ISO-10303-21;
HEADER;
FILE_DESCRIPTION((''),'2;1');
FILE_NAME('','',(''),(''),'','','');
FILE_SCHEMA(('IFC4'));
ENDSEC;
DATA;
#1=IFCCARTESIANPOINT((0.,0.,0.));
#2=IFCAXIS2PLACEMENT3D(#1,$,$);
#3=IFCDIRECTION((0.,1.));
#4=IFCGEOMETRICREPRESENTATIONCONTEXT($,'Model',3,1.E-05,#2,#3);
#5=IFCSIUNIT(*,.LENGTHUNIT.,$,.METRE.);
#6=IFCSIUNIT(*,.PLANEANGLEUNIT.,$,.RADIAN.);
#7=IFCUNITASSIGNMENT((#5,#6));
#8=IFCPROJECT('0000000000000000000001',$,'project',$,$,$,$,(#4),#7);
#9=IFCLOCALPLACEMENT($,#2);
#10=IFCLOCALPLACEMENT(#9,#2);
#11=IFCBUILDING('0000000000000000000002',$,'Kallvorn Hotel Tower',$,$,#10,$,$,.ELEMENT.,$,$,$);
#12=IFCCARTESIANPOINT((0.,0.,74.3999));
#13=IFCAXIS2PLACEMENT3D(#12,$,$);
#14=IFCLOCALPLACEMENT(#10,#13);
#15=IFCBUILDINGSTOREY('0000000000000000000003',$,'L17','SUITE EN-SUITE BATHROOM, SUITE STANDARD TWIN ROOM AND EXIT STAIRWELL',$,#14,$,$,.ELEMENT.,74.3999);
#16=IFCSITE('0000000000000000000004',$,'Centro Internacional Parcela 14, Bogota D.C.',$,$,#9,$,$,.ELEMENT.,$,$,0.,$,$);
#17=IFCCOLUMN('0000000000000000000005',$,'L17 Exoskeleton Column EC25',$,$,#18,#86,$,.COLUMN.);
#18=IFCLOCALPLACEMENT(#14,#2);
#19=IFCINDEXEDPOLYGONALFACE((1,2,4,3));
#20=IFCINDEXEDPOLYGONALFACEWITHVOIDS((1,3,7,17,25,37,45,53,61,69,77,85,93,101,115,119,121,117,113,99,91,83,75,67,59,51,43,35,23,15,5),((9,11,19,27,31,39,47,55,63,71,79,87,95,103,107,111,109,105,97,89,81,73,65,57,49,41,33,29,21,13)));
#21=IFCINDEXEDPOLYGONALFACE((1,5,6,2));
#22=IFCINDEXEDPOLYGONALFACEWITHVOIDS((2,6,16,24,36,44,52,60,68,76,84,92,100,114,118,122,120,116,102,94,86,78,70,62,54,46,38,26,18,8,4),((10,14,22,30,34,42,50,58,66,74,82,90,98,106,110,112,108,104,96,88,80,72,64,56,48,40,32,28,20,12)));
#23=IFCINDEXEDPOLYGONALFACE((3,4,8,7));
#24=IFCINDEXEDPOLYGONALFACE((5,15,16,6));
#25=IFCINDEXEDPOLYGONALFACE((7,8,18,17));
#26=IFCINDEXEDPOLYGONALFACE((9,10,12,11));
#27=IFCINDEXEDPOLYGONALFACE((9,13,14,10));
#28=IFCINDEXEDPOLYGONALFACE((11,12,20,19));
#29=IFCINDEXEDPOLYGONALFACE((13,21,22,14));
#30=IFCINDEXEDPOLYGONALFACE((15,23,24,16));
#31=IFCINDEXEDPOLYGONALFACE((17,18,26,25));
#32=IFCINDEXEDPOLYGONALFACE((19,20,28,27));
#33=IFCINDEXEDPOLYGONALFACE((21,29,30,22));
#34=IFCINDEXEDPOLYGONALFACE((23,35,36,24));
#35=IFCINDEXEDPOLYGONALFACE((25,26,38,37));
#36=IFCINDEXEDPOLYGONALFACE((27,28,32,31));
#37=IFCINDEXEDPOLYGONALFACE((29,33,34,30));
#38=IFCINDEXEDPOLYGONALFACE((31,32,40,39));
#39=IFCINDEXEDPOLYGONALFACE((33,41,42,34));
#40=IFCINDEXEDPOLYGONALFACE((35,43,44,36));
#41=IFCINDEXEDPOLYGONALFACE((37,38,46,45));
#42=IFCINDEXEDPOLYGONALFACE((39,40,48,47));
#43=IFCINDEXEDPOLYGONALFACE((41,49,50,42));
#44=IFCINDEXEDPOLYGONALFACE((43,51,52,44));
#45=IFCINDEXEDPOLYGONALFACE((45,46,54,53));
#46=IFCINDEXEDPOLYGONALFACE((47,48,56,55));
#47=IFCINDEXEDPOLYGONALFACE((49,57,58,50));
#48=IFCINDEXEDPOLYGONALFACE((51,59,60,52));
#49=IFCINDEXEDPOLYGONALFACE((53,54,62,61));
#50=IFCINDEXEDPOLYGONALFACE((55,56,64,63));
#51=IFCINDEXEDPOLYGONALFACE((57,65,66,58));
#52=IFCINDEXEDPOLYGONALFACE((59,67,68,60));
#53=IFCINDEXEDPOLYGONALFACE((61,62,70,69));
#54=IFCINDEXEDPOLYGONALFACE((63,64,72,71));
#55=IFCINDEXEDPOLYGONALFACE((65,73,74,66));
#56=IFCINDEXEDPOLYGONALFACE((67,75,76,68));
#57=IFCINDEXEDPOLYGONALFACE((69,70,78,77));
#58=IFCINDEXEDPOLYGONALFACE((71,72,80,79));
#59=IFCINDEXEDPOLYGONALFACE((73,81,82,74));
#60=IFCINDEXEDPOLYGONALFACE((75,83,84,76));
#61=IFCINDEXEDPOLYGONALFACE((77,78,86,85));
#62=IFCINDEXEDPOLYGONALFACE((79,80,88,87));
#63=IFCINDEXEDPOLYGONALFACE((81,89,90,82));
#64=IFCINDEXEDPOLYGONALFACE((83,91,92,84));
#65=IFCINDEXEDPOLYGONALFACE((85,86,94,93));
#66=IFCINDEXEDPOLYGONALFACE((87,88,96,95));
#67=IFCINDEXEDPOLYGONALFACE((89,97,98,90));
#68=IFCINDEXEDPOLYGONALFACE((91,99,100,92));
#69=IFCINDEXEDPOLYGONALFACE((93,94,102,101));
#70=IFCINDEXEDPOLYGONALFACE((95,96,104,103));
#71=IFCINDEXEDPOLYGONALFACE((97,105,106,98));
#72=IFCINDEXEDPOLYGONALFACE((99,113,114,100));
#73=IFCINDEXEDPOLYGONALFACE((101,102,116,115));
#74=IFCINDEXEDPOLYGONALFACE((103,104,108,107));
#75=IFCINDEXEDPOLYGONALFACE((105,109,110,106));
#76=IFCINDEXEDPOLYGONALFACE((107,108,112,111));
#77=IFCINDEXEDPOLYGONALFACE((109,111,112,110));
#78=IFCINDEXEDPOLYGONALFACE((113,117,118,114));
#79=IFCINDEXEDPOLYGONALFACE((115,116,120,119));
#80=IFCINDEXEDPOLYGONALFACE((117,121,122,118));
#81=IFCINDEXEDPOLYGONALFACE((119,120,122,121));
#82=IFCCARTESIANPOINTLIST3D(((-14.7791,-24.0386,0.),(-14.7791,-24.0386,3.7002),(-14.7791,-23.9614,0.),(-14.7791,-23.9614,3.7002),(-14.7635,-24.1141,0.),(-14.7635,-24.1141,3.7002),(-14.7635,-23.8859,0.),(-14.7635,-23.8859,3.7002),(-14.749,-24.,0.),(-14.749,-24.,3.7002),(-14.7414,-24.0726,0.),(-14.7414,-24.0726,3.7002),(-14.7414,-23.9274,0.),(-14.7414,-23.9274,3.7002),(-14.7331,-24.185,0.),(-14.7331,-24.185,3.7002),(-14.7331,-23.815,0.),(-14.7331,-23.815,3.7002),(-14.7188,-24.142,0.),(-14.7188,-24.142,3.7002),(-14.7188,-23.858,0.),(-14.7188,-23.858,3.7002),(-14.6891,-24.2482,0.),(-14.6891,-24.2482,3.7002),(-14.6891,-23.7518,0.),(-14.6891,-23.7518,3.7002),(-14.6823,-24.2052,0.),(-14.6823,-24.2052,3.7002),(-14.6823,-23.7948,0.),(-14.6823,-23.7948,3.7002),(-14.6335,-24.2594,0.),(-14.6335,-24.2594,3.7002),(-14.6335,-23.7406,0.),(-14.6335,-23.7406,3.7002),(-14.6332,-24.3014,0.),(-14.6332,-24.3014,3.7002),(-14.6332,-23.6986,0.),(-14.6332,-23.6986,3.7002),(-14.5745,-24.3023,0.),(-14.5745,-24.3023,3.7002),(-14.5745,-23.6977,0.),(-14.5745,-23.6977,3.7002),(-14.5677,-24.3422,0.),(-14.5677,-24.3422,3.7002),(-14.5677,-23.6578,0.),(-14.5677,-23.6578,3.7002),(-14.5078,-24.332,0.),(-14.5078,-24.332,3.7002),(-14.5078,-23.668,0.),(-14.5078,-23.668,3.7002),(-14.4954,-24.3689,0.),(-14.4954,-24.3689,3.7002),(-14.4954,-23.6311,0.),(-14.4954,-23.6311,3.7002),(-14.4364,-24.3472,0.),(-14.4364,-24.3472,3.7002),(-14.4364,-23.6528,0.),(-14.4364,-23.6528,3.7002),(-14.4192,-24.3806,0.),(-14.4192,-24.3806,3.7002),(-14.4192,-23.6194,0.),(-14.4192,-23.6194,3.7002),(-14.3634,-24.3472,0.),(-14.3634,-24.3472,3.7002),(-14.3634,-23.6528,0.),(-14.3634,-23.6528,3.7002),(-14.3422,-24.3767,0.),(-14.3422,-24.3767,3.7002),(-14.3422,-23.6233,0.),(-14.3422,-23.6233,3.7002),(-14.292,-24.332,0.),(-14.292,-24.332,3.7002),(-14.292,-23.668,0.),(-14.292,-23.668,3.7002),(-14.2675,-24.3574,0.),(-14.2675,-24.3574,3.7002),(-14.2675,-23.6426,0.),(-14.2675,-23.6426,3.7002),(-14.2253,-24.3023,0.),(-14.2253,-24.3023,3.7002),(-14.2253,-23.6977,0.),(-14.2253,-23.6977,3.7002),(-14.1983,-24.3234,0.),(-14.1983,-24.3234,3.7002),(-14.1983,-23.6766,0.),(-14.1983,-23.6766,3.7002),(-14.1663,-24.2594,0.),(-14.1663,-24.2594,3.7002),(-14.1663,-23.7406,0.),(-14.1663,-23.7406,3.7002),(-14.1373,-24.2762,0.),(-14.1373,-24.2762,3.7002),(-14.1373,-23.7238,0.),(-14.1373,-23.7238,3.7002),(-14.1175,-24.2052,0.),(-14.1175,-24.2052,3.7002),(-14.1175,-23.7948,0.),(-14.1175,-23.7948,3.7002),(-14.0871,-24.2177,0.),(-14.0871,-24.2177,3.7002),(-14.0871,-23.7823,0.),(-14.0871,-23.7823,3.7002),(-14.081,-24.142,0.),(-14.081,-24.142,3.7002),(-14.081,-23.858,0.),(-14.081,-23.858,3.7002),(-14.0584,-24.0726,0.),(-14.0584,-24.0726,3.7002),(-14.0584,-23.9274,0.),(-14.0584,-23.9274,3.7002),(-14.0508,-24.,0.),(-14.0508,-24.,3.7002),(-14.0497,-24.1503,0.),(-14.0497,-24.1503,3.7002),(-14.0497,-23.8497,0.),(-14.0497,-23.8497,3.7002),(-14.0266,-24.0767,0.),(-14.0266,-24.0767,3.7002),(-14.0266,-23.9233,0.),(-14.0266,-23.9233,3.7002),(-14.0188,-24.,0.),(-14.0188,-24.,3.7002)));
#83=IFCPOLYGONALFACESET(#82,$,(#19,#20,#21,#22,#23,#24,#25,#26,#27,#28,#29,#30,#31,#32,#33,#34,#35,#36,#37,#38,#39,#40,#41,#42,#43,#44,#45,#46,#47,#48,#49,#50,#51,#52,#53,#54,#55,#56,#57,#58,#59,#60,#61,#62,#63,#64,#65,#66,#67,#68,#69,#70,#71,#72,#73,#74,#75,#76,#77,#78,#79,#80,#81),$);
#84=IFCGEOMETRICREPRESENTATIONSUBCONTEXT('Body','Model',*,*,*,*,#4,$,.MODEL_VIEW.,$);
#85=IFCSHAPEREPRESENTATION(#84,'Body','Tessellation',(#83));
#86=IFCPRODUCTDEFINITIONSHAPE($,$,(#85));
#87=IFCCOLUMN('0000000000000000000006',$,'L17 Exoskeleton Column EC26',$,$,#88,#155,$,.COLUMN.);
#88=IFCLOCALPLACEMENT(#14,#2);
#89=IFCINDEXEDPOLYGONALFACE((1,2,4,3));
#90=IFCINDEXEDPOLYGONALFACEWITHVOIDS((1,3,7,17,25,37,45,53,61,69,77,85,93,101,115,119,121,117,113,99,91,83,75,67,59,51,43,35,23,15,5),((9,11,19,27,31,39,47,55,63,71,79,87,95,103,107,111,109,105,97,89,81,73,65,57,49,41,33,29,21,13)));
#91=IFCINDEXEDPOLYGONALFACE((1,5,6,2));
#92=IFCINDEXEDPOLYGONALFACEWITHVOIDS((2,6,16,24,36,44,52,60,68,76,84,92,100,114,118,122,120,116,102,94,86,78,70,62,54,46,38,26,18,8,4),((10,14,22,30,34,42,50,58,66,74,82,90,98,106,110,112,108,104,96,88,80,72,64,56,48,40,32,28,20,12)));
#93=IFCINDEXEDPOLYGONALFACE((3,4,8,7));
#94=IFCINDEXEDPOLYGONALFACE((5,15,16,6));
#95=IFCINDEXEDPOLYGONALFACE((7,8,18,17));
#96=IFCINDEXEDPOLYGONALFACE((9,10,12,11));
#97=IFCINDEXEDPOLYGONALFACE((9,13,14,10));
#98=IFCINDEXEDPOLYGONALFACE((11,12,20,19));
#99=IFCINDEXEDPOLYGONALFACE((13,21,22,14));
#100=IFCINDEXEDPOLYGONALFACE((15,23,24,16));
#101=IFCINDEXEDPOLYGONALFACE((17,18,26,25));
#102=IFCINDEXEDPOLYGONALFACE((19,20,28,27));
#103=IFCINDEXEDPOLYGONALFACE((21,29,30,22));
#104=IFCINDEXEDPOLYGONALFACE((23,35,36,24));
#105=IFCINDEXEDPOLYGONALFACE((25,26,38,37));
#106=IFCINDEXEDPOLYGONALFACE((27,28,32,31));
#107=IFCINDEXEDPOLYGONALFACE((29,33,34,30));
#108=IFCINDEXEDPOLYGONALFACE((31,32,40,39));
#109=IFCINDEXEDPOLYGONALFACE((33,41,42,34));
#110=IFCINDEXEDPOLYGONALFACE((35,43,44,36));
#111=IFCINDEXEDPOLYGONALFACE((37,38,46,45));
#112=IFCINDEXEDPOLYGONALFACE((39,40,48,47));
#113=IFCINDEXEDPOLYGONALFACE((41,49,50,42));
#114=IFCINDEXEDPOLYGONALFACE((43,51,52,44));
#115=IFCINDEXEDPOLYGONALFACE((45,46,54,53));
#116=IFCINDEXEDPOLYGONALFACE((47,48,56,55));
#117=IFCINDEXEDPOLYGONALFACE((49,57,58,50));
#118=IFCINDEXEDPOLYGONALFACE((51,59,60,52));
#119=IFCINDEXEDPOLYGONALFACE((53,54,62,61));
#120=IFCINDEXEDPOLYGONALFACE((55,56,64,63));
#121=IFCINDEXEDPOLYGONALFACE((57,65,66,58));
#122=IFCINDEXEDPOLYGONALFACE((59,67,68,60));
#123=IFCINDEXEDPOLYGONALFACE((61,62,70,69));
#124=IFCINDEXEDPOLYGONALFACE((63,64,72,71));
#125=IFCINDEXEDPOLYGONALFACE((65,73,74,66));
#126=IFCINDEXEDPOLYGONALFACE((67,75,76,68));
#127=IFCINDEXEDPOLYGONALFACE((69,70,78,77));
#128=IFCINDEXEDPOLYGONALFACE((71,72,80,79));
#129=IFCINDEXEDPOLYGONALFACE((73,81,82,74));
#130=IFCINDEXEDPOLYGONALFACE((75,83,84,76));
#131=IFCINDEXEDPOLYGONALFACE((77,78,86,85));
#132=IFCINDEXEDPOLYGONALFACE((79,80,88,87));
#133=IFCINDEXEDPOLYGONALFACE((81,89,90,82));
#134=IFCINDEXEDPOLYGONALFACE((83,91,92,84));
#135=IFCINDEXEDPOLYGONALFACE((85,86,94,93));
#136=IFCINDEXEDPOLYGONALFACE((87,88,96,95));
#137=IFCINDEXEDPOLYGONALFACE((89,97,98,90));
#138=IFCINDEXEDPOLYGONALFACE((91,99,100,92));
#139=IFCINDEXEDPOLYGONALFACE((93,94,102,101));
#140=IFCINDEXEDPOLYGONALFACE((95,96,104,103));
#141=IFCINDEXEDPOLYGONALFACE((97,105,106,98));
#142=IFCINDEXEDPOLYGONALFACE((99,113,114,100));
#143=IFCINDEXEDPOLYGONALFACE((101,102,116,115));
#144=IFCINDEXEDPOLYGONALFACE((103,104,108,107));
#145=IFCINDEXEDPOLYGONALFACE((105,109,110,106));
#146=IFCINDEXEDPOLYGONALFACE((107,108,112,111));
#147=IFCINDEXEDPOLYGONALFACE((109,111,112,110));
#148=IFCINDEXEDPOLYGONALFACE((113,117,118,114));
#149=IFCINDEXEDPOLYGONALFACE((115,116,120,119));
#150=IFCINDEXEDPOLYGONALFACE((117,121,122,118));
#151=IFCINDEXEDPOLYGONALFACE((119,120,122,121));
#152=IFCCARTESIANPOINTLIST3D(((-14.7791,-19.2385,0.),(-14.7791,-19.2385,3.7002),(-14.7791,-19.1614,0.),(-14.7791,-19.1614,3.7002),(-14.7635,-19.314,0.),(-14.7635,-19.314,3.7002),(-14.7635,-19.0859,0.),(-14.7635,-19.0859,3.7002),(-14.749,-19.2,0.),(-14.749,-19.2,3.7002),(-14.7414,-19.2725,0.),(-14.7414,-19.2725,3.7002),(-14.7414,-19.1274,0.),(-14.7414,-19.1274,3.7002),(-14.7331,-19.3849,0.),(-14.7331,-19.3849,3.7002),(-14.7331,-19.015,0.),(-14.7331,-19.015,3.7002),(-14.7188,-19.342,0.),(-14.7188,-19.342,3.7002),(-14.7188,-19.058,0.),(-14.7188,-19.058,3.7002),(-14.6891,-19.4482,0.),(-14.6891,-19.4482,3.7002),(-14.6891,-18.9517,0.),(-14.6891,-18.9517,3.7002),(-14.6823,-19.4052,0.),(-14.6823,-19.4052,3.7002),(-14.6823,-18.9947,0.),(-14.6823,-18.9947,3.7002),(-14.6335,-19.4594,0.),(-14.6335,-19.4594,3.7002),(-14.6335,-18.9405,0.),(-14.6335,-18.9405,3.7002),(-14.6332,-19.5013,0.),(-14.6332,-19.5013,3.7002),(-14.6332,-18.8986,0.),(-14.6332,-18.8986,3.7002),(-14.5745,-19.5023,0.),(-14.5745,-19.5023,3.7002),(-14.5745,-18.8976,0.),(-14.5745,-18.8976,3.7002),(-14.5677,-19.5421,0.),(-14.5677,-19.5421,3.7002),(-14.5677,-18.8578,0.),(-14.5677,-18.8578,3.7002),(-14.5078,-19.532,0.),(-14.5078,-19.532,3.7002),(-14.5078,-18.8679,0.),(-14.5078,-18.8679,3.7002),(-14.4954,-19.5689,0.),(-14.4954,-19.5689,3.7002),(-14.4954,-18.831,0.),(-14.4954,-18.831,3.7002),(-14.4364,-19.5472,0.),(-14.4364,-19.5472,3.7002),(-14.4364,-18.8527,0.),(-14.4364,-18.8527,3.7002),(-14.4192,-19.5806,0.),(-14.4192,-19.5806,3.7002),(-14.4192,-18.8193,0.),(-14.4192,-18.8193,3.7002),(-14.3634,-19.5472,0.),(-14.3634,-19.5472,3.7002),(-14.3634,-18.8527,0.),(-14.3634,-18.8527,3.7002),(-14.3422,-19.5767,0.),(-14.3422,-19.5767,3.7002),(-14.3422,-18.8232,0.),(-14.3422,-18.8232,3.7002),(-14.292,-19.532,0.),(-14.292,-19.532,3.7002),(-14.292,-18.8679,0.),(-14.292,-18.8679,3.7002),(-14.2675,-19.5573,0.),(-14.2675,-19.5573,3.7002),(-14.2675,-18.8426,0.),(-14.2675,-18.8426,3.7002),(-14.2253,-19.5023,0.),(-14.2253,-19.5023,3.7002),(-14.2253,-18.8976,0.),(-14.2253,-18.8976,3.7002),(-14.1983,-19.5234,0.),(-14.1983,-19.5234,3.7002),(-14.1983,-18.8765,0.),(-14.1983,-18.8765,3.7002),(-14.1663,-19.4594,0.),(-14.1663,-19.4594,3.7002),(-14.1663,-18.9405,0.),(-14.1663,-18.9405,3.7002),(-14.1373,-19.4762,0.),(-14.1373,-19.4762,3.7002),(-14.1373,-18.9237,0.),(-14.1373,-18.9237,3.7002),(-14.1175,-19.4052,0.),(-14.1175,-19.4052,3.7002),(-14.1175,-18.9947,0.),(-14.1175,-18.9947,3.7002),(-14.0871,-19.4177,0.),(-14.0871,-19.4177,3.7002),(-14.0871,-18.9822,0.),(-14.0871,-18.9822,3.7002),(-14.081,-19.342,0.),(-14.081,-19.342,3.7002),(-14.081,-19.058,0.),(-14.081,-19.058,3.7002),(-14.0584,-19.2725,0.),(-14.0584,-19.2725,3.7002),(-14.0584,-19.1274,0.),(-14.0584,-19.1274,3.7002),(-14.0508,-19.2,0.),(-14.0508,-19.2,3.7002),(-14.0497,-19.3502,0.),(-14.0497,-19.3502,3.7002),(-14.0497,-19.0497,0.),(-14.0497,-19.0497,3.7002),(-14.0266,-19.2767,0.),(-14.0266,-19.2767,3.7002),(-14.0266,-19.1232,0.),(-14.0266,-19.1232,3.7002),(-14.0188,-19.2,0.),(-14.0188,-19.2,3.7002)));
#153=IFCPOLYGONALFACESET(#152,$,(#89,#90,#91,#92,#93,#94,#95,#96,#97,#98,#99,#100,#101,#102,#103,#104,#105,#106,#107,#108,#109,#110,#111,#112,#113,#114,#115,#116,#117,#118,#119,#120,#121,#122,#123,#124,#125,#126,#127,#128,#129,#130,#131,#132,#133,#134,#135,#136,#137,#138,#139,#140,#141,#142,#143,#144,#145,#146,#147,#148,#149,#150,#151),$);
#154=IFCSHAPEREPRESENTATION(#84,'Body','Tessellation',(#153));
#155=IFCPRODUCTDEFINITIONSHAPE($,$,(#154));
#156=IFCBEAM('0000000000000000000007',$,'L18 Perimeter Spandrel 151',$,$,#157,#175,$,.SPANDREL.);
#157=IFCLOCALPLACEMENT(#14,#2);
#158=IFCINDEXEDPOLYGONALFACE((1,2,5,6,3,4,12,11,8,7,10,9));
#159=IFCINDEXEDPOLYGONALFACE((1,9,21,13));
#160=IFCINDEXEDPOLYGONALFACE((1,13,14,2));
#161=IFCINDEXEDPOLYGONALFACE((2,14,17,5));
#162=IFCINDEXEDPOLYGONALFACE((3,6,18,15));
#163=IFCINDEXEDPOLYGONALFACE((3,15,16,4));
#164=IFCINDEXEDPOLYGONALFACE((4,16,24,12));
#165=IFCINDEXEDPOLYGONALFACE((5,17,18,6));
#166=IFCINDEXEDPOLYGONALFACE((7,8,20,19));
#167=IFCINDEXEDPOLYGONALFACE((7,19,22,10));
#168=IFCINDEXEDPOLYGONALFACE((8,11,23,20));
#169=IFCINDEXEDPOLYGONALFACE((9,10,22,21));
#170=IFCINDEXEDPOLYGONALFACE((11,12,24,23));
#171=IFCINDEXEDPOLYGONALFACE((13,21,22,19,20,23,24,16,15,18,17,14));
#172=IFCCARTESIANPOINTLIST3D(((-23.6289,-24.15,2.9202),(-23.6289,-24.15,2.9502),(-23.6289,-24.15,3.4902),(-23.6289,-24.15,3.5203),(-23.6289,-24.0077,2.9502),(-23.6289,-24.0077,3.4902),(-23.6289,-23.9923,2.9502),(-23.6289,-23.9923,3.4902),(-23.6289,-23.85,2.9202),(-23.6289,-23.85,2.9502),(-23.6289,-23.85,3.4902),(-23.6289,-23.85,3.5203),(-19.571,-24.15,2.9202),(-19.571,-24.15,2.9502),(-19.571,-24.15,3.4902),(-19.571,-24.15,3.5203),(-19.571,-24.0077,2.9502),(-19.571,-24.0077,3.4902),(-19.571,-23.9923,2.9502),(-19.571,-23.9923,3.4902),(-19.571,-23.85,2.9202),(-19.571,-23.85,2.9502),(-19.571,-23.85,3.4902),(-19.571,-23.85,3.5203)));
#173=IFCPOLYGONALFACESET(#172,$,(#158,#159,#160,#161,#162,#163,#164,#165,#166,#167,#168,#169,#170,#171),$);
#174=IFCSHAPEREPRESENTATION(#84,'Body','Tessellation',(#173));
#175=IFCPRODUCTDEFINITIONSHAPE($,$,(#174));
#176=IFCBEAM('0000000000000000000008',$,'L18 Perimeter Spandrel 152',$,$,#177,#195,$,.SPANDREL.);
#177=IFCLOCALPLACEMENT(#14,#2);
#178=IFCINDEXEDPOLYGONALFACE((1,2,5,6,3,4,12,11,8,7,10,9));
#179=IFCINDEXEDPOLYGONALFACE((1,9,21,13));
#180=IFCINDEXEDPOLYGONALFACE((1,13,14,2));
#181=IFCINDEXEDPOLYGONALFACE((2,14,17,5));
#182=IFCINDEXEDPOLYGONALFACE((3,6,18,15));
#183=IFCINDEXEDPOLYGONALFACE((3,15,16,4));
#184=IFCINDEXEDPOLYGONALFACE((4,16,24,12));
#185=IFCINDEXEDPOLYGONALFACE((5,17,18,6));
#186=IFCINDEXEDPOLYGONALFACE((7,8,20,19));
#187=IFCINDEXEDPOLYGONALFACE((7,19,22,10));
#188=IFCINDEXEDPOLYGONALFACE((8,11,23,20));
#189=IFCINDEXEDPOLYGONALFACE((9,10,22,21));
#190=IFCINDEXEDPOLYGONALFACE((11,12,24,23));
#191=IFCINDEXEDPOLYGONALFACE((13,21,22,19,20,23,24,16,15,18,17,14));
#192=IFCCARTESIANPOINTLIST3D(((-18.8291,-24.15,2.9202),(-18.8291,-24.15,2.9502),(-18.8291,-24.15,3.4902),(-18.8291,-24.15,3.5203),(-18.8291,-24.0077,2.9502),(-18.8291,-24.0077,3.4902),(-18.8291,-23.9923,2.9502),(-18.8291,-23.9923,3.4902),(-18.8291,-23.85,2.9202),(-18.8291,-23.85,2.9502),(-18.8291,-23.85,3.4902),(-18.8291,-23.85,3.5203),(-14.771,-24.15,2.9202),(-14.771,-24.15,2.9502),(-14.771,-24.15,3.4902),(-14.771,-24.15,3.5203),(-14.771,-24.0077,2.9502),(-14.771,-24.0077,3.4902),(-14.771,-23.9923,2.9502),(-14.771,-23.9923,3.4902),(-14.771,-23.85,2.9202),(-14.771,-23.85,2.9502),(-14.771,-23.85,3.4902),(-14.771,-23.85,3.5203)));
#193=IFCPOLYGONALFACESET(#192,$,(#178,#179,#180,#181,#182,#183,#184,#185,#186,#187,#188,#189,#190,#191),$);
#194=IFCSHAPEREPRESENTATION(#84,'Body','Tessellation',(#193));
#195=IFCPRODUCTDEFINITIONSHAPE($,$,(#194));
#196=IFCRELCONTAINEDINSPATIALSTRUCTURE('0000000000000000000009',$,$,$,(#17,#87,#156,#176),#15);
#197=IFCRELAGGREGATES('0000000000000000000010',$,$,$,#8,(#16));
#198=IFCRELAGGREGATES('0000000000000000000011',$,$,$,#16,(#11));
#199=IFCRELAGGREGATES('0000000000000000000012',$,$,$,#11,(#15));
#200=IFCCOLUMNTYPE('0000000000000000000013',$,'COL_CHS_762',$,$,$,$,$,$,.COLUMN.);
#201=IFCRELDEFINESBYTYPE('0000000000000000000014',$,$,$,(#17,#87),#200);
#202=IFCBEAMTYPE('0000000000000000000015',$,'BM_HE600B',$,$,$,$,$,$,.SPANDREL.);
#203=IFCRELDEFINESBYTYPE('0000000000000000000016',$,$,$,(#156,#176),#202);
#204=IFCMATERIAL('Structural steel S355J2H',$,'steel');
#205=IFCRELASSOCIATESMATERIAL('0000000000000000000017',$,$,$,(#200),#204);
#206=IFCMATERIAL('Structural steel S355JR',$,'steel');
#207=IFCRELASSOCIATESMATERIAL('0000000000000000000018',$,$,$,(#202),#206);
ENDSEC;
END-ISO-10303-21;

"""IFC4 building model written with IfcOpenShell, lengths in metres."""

from ifc_helpers import new_model, si_unit, direction, frame, origin, origin_2d, place, context, subcontext, project, spatial, hollow_circle, i_section, extrude, material, material_profile, profile_set, type_object, element, save


model = new_model("IFC4")

# Units and contexts
model_context = context("Model", 3, precision=1e-05, world=origin(), true_north=direction((0.0, 1.0)))
body_context = subcontext(model_context, "Body", "Model", "MODEL_VIEW")
ifc_project = project(units=[si_unit("LENGTHUNIT", "METRE"), si_unit("PLANEANGLEUNIT", "RADIAN")], contexts=[model_context])

# Site, building, storey
site_placement = place(None, origin())
site = spatial("IfcSite", under=ifc_project, at=site_placement, Name="Centro Internacional Parcela 14, Bogota D.C.", CompositionType="ELEMENT", RefElevation=0.0)
building_placement = place(site_placement, origin())
building = spatial("IfcBuilding", under=site, at=building_placement, Name="Kallvorn Hotel Tower", CompositionType="ELEMENT")
storey_placement = place(building_placement, frame((0.0, 0.0, 74.3999)))
storey = spatial("IfcBuildingStorey", under=building, at=storey_placement, Name="L17", Description="SUITE EN-SUITE BATHROOM, SUITE STANDARD TWIN ROOM AND EXIT STAIRWELL", CompositionType="ELEMENT", Elevation=74.3999)

# Columns
ifc_material_1 = material(Name="Structural steel S355J2H", Category="steel")
ifc_material_profile_1 = material_profile(ifc_material_1, hollow_circle(Radius=0.3811, WallThickness=0.032, at=origin_2d()), Name="CHS 762x32")
ifc_profile_set_1 = profile_set([ifc_material_profile_1], Name="Structural steel S355J2H")
column_type = type_object("IfcColumnType", Name="COL_CHS_762", PredefinedType="COLUMN", material=ifc_profile_set_1)
for number, where, z_axis, x_axis, name in (
    (1, (-14.3999, -24.0, 0.0), (0.0, 0.0, 1.0), (1.0, 0.0, 0.0), "L17 Exoskeleton Column EC25"),
    (2, (-14.3999, -19.2, 0.0), (0.0, 0.0, 1.0), (1.0, 0.0, 0.0), "L17 Exoskeleton Column EC26"),
):
    element("IfcColumn", number, at=place(storey_placement, frame(where, z_axis=z_axis, x_axis=x_axis)), inside=storey, type_object=column_type, Name=name, PredefinedType="COLUMN", context=body_context, shape_type="SweptSolid", body=[
        extrude(hollow_circle(Radius=0.3811, WallThickness=0.032, at=origin_2d()), origin(), (0.0, 0.0, 1.0), 3.7002),
    ])

# Beams
ifc_material_2 = material(Name="Structural steel S355JR", Category="steel")
ifc_material_profile_2 = material_profile(ifc_material_2, i_section(OverallWidth=0.3, OverallDepth=0.6001, WebThickness=0.0154, FlangeThickness=0.03, at=origin_2d()), Name="HE 600 B")
ifc_profile_set_2 = profile_set([ifc_material_profile_2], Name="Structural steel S355JR")
beam_type_1 = type_object("IfcBeamType", Name="BM_HE600B", PredefinedType="SPANDREL", material=ifc_profile_set_2)
beam_1_placement = place(storey_placement, frame((-23.6289, -24.0, 3.2202), z_axis=(1.0, 0.0, 0.0), x_axis=(0.0, 1.0, 0.0)))
element("IfcBeam", 3, at=beam_1_placement, inside=storey, type_object=beam_type_1, Name="L18 Perimeter Spandrel 151", PredefinedType="SPANDREL", context=body_context, shape_type="SweptSolid", body=[
    extrude(i_section(OverallWidth=0.3, OverallDepth=0.6001, WebThickness=0.0154, FlangeThickness=0.03, at=origin_2d()), origin(), (0.0, 0.0, 1.0), 4.0579),
])
beam_2_placement = place(storey_placement, frame((-18.8291, -24.0, 3.2202), z_axis=(1.0, 0.0, 0.0), x_axis=(0.0, 1.0, 0.0)))
element("IfcBeam", 4, at=beam_2_placement, inside=storey, type_object=beam_type_1, Name="L18 Perimeter Spandrel 152", PredefinedType="SPANDREL", context=body_context, shape_type="SweptSolid", body=[
    extrude(i_section(OverallWidth=0.3, OverallDepth=0.6001, WebThickness=0.0154, FlangeThickness=0.03, at=origin_2d()), origin(), (0.0, 0.0, 1.0), 4.0581),
])

save(model, "model.ifc")
